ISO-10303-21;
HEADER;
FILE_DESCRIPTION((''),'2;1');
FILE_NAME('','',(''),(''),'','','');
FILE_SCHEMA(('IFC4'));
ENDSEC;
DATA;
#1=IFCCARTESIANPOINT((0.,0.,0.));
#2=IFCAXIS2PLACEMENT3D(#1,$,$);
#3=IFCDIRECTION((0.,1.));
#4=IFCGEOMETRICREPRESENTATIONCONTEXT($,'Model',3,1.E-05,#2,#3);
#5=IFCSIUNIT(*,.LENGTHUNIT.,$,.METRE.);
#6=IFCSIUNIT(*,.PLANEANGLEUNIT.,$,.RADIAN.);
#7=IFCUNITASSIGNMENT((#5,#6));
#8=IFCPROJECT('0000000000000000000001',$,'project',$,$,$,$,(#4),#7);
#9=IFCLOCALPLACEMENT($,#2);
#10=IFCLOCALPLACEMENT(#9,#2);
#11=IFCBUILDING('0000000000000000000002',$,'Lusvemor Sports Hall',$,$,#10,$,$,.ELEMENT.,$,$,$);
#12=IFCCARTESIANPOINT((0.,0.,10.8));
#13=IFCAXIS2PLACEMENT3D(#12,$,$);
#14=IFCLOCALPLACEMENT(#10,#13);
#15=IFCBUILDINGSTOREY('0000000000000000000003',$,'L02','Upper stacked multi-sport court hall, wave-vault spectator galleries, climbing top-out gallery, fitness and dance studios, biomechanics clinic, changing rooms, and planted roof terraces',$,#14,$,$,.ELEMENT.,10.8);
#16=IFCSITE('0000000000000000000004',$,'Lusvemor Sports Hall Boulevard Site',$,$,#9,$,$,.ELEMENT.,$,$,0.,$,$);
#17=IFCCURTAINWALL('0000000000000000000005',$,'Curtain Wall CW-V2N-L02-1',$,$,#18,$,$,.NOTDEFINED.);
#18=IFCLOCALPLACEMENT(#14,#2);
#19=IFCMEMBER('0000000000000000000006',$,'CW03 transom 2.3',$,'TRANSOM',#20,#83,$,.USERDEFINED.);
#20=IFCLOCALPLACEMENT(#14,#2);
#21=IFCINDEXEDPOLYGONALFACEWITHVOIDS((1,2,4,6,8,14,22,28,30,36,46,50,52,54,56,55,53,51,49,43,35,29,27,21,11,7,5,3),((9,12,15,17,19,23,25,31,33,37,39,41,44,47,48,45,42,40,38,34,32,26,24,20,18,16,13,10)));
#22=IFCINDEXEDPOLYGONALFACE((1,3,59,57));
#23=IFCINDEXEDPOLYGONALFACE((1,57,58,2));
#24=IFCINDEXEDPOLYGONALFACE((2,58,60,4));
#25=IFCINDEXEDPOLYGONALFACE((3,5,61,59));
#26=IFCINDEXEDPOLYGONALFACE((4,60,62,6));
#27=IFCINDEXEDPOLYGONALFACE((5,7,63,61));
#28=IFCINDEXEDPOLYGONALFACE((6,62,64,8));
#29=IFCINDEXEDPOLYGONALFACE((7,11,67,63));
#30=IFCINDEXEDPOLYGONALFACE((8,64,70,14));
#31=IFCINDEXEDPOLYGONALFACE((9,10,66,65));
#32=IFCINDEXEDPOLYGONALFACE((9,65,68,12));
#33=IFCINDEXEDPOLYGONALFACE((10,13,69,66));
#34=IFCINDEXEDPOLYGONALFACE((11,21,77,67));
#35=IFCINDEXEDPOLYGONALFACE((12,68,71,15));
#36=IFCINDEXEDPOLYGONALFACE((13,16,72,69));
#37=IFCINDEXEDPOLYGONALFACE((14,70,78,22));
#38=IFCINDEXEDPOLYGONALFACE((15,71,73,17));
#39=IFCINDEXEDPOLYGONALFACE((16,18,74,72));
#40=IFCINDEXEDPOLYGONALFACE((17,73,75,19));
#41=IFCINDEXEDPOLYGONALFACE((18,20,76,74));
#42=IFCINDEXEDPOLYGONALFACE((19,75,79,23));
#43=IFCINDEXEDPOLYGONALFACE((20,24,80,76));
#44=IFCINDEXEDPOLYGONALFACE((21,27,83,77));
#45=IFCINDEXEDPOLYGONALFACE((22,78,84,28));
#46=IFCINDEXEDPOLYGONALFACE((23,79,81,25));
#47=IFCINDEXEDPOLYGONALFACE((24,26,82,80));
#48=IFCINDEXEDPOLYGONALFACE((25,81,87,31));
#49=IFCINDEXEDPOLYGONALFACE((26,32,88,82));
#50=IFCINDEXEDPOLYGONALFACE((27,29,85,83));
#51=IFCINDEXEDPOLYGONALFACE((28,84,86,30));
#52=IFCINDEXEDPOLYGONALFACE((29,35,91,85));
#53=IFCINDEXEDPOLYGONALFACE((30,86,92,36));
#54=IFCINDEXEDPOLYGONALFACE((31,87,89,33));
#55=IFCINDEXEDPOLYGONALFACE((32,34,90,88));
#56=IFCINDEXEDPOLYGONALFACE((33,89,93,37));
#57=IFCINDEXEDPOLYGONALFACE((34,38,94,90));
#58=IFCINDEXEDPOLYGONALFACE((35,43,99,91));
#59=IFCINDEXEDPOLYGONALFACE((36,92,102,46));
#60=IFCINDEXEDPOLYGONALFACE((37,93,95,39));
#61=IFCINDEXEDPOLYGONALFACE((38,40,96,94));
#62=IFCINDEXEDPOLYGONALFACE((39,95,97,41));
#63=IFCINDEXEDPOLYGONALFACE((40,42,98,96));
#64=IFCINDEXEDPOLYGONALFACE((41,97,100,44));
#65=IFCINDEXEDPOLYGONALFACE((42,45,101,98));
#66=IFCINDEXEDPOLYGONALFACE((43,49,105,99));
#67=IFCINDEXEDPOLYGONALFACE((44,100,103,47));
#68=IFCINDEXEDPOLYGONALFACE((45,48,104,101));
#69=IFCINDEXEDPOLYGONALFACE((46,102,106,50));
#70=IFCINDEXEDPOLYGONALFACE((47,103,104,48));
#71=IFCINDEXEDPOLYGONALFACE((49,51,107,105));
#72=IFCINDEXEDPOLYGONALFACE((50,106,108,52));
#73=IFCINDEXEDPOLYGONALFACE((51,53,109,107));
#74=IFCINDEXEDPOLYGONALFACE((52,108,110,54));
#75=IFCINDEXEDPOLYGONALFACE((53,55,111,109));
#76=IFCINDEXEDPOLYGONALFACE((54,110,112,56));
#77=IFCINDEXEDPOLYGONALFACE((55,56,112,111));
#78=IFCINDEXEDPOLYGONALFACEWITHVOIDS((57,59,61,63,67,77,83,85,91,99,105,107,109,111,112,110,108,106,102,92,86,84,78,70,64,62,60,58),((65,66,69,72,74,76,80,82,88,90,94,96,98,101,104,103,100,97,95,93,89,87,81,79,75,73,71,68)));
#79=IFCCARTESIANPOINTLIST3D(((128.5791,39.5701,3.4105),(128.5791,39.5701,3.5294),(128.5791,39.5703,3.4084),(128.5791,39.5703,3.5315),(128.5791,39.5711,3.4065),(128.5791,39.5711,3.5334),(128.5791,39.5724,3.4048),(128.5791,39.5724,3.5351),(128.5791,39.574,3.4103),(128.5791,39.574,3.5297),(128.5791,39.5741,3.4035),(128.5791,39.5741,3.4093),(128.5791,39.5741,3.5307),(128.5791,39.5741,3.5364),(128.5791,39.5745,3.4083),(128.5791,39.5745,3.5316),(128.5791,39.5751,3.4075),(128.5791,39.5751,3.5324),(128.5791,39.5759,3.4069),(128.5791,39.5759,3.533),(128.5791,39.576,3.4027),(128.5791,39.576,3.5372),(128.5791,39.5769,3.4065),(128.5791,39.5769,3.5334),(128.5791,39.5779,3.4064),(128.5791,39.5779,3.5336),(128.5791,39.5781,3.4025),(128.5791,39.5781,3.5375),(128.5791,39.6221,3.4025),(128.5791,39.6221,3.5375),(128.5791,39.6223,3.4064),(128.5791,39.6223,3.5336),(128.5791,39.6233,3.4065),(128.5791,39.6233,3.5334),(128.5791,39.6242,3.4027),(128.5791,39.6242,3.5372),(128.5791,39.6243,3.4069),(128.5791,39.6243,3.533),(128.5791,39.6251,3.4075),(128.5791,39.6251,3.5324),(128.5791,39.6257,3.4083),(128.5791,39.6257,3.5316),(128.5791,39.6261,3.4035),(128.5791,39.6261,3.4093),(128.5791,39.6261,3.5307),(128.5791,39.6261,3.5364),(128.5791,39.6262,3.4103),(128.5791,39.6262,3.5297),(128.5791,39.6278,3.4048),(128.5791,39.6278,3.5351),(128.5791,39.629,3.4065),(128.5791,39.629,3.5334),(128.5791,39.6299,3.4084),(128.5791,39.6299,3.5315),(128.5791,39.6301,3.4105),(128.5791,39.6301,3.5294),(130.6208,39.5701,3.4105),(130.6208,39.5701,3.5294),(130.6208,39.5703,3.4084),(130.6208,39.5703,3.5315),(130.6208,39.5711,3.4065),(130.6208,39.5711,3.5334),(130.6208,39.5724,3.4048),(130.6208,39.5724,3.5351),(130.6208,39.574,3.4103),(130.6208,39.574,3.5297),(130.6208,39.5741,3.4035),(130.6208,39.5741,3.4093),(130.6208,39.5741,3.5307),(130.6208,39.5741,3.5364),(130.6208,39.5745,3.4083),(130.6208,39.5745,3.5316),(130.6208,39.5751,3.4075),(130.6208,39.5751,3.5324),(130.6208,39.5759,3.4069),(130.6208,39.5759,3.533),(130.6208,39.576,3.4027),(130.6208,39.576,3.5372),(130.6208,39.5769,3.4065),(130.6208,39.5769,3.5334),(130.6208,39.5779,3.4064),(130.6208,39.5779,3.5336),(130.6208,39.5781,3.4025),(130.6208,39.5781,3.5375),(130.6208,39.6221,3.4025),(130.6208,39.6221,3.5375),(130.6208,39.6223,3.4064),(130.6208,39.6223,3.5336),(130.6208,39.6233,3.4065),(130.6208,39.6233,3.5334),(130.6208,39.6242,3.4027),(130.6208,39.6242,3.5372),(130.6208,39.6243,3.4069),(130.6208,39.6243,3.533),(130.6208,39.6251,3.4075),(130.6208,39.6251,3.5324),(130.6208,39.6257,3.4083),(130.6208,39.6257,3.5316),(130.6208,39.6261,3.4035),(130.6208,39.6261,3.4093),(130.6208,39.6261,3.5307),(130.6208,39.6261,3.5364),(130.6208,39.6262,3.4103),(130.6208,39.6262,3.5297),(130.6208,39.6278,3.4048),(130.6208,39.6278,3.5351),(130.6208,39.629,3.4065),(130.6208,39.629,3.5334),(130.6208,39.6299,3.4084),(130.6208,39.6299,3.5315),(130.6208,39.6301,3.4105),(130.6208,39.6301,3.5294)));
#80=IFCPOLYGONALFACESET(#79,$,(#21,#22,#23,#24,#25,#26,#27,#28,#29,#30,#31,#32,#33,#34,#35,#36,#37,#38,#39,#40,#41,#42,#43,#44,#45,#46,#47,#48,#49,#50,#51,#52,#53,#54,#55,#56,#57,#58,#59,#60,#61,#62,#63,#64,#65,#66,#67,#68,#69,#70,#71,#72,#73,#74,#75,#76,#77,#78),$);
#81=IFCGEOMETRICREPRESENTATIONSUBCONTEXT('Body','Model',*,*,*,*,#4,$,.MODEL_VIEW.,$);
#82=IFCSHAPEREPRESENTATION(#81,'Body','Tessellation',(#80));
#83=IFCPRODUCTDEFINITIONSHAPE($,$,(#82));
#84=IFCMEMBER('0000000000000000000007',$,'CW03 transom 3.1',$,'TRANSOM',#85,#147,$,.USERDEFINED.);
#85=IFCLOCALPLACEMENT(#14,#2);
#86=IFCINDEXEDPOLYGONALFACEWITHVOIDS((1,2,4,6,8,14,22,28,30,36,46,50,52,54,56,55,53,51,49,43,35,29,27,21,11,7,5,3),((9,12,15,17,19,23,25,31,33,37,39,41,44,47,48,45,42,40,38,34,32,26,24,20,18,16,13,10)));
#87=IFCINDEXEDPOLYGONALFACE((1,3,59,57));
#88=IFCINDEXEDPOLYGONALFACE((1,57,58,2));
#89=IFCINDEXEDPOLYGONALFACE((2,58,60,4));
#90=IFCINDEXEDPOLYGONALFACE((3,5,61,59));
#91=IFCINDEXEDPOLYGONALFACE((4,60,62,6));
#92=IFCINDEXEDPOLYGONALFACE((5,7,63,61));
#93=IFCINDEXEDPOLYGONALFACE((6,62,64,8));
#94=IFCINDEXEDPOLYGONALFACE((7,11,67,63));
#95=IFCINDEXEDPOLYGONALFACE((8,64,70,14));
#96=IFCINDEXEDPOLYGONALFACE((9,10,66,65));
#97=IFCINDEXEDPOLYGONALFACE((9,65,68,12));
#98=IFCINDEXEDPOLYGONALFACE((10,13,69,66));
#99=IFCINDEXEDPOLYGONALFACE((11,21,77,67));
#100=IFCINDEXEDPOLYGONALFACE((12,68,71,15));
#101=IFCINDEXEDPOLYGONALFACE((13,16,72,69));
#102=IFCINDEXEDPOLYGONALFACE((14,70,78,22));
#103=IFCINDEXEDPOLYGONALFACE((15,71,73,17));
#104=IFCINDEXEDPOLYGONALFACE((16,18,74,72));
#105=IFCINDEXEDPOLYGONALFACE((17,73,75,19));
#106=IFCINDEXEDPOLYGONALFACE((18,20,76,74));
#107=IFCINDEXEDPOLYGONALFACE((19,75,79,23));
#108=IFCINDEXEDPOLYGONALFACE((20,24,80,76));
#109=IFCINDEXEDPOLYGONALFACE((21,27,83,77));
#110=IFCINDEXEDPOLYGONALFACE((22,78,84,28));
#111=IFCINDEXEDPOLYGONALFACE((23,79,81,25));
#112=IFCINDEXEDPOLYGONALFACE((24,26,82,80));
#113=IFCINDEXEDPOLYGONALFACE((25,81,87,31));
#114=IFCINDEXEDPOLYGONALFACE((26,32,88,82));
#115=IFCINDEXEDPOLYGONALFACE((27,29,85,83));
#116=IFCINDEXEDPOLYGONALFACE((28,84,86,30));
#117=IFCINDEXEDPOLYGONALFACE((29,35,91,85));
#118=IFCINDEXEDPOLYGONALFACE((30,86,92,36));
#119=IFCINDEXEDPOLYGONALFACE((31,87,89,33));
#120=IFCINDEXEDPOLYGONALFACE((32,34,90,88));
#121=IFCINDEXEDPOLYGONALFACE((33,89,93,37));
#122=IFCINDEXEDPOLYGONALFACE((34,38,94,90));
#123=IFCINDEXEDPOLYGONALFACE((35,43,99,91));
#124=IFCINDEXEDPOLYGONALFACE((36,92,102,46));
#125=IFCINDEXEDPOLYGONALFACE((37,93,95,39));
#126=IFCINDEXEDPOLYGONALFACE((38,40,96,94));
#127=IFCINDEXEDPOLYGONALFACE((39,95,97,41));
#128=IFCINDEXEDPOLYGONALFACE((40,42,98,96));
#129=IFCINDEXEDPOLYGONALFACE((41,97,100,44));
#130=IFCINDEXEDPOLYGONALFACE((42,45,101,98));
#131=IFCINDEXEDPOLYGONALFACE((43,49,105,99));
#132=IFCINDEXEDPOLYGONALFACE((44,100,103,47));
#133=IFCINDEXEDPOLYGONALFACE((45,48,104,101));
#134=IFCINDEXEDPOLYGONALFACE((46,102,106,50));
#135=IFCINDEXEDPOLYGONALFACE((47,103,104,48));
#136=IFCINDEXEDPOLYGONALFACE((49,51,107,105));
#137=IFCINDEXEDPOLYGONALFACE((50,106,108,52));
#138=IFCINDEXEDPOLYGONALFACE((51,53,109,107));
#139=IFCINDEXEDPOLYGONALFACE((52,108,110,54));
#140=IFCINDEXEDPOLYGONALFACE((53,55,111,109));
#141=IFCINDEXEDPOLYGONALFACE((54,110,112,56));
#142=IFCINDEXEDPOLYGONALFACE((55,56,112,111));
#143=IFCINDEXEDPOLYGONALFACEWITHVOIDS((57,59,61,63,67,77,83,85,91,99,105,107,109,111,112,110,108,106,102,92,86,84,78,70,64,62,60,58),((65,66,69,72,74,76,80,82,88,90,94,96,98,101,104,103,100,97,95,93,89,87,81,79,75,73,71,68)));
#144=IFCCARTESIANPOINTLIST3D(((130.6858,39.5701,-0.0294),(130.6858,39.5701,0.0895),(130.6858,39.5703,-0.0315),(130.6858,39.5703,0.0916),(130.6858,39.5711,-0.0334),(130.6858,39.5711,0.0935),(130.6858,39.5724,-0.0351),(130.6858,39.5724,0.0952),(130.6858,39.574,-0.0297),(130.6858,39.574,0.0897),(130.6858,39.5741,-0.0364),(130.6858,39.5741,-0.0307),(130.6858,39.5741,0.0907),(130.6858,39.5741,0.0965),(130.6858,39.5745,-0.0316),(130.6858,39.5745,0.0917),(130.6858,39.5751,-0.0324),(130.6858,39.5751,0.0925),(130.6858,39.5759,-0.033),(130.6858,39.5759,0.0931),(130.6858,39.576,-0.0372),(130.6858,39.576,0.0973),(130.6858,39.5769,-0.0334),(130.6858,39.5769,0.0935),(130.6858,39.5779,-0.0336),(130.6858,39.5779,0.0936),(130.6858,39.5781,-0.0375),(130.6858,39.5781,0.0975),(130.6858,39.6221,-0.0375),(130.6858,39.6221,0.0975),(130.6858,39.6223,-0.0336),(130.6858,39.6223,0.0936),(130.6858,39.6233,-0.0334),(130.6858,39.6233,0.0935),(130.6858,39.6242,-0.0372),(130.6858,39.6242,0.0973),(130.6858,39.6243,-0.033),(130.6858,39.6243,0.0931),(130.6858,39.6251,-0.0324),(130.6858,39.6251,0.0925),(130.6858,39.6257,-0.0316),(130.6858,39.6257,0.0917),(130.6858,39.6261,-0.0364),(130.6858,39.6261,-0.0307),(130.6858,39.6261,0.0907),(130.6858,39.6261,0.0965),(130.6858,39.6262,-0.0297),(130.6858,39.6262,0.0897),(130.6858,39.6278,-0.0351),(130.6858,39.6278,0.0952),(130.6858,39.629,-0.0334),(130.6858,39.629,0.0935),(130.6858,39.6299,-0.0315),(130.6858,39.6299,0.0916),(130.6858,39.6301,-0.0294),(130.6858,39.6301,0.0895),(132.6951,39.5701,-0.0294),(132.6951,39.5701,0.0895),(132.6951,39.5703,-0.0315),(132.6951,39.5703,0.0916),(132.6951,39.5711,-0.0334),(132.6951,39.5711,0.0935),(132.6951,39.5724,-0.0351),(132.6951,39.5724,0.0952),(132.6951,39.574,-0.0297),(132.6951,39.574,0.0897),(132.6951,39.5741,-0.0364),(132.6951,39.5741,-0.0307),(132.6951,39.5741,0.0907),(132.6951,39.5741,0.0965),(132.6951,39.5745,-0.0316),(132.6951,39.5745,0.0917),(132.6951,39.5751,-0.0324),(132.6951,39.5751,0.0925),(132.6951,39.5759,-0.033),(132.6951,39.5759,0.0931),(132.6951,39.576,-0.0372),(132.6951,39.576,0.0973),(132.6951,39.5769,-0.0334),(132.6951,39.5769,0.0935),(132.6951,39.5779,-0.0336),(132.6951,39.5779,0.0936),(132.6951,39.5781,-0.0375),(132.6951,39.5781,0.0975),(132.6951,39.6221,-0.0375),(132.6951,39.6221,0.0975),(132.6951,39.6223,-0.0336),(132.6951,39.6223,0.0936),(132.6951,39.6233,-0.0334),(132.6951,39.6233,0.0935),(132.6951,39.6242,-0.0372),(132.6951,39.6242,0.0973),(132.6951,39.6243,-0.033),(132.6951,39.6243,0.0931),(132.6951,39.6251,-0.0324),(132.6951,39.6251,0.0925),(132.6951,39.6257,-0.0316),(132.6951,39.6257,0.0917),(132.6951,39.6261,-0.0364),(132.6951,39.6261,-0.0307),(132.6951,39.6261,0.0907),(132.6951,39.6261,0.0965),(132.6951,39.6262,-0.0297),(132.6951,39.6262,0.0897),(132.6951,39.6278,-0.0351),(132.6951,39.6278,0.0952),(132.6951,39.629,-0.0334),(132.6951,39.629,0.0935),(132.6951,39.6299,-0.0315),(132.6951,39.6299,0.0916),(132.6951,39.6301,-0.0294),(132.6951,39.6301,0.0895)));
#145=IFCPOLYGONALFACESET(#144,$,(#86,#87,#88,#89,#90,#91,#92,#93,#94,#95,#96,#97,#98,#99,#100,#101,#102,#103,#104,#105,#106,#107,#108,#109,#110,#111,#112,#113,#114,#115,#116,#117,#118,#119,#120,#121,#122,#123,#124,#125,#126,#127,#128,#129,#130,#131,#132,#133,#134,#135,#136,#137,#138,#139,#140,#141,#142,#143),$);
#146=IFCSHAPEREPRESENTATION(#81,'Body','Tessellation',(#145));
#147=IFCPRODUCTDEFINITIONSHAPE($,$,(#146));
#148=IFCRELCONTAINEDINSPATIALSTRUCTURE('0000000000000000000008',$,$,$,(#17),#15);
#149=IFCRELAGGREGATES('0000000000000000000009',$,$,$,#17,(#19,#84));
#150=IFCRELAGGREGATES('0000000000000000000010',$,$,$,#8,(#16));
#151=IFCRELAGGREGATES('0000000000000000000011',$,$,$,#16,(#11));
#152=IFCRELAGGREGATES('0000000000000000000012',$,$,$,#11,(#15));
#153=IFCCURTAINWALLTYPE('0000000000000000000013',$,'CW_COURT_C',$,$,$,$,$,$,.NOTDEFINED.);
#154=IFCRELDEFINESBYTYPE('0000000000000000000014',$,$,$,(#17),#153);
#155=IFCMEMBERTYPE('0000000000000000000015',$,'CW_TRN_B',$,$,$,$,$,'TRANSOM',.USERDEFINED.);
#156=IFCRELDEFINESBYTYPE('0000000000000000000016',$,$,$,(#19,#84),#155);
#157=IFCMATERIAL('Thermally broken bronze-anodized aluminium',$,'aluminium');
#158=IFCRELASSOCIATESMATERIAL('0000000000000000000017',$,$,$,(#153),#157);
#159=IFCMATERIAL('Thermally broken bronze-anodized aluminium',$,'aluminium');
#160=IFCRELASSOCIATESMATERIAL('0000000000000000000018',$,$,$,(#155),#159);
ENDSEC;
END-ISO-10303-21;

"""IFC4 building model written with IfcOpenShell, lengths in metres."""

from ifc_helpers import new_model, si_unit, direction, frame, origin, origin_2d, place, context, subcontext, project, spatial, hollow_rectangle, extrude, material, material_profile, profile_set, type_object, element, aggregate, save


model = new_model("IFC4")

# Units and contexts
model_context = context("Model", 3, precision=1e-05, world=origin(), true_north=direction((0.0, 1.0)))
body_context = subcontext(model_context, "Body", "Model", "MODEL_VIEW")
ifc_project = project(units=[si_unit("LENGTHUNIT", "METRE"), si_unit("PLANEANGLEUNIT", "RADIAN")], contexts=[model_context])

# Site, building, storey
site_placement = place(None, origin())
site = spatial("IfcSite", under=ifc_project, at=site_placement, Name="Lusvemor Sports Hall Boulevard Site", CompositionType="ELEMENT", RefElevation=0.0)
building_placement = place(site_placement, origin())
building = spatial("IfcBuilding", under=site, at=building_placement, Name="Lusvemor Sports Hall", CompositionType="ELEMENT")
storey_placement = place(building_placement, frame((0.0, 0.0, 10.8)))
storey = spatial("IfcBuildingStorey", under=building, at=storey_placement, Name="L02", Description="Upper stacked multi-sport court hall, wave-vault spectator galleries, climbing top-out gallery, fitness and dance studios, biomechanics clinic, changing rooms, and planted roof terraces", CompositionType="ELEMENT", Elevation=10.8)

# Curtain wall
ifc_material_1 = material(Name="Thermally broken bronze-anodized aluminium", Category="aluminium")
curtain_wall_type_1 = type_object("IfcCurtainWallType", Name="CW_COURT_C", PredefinedType="NOTDEFINED", material=ifc_material_1)
curtain_wall_1_placement = place(storey_placement, origin())
curtain_wall_1 = element("IfcCurtainWall", 1, at=curtain_wall_1_placement, inside=storey, type_object=curtain_wall_type_1, Name="Curtain Wall CW-V2N-L02-1", PredefinedType="NOTDEFINED")

# Members
ifc_material_2 = material(Name="Thermally broken bronze-anodized aluminium", Category="aluminium")
ifc_material_profile_1 = material_profile(ifc_material_2, hollow_rectangle(XDim=0.0601, YDim=0.135, WallThickness=0.0039, InnerFilletRadius=0.0039, OuterFilletRadius=0.0081, at=origin_2d()), Name="CWTRN135x60x4")
ifc_profile_set_1 = profile_set([ifc_material_profile_1], Name="Thermally broken bronze-anodized aluminium")
member_type_1 = type_object("IfcMemberType", Name="CW_TRN_B", ElementType="TRANSOM", PredefinedType="USERDEFINED", material=ifc_profile_set_1)
member_1_placement = place(storey_placement, frame((128.5791, 39.6001, 3.47), z_axis=(1.0, 0.0, 0.0), x_axis=(0.0, 1.0, 0.0)))
member_1 = element("IfcMember", 2, at=member_1_placement, type_object=member_type_1, Name="CW03 transom 2.3", ObjectType="TRANSOM", PredefinedType="USERDEFINED", context=body_context, shape_type="SweptSolid", body=[
    extrude(hollow_rectangle(XDim=0.0601, YDim=0.135, WallThickness=0.0039, InnerFilletRadius=0.0039, OuterFilletRadius=0.0081, at=origin_2d()), origin(), (0.0, 0.0, 1.0), 2.0417),
])
member_2_placement = place(storey_placement, frame((130.6858, 39.6001, 0.03), z_axis=(1.0, 0.0, 0.0), x_axis=(0.0, 1.0, 0.0)))
member_2 = element("IfcMember", 3, at=member_2_placement, type_object=member_type_1, Name="CW03 transom 3.1", ObjectType="TRANSOM", PredefinedType="USERDEFINED", context=body_context, shape_type="SweptSolid", body=[
    extrude(hollow_rectangle(XDim=0.0601, YDim=0.135, WallThickness=0.0039, InnerFilletRadius=0.0039, OuterFilletRadius=0.0081, at=origin_2d()), origin(), (0.0, 0.0, 1.0), 2.0093),
])

aggregate(curtain_wall_1, [member_1, member_2])

save(model, "model.ifc")
